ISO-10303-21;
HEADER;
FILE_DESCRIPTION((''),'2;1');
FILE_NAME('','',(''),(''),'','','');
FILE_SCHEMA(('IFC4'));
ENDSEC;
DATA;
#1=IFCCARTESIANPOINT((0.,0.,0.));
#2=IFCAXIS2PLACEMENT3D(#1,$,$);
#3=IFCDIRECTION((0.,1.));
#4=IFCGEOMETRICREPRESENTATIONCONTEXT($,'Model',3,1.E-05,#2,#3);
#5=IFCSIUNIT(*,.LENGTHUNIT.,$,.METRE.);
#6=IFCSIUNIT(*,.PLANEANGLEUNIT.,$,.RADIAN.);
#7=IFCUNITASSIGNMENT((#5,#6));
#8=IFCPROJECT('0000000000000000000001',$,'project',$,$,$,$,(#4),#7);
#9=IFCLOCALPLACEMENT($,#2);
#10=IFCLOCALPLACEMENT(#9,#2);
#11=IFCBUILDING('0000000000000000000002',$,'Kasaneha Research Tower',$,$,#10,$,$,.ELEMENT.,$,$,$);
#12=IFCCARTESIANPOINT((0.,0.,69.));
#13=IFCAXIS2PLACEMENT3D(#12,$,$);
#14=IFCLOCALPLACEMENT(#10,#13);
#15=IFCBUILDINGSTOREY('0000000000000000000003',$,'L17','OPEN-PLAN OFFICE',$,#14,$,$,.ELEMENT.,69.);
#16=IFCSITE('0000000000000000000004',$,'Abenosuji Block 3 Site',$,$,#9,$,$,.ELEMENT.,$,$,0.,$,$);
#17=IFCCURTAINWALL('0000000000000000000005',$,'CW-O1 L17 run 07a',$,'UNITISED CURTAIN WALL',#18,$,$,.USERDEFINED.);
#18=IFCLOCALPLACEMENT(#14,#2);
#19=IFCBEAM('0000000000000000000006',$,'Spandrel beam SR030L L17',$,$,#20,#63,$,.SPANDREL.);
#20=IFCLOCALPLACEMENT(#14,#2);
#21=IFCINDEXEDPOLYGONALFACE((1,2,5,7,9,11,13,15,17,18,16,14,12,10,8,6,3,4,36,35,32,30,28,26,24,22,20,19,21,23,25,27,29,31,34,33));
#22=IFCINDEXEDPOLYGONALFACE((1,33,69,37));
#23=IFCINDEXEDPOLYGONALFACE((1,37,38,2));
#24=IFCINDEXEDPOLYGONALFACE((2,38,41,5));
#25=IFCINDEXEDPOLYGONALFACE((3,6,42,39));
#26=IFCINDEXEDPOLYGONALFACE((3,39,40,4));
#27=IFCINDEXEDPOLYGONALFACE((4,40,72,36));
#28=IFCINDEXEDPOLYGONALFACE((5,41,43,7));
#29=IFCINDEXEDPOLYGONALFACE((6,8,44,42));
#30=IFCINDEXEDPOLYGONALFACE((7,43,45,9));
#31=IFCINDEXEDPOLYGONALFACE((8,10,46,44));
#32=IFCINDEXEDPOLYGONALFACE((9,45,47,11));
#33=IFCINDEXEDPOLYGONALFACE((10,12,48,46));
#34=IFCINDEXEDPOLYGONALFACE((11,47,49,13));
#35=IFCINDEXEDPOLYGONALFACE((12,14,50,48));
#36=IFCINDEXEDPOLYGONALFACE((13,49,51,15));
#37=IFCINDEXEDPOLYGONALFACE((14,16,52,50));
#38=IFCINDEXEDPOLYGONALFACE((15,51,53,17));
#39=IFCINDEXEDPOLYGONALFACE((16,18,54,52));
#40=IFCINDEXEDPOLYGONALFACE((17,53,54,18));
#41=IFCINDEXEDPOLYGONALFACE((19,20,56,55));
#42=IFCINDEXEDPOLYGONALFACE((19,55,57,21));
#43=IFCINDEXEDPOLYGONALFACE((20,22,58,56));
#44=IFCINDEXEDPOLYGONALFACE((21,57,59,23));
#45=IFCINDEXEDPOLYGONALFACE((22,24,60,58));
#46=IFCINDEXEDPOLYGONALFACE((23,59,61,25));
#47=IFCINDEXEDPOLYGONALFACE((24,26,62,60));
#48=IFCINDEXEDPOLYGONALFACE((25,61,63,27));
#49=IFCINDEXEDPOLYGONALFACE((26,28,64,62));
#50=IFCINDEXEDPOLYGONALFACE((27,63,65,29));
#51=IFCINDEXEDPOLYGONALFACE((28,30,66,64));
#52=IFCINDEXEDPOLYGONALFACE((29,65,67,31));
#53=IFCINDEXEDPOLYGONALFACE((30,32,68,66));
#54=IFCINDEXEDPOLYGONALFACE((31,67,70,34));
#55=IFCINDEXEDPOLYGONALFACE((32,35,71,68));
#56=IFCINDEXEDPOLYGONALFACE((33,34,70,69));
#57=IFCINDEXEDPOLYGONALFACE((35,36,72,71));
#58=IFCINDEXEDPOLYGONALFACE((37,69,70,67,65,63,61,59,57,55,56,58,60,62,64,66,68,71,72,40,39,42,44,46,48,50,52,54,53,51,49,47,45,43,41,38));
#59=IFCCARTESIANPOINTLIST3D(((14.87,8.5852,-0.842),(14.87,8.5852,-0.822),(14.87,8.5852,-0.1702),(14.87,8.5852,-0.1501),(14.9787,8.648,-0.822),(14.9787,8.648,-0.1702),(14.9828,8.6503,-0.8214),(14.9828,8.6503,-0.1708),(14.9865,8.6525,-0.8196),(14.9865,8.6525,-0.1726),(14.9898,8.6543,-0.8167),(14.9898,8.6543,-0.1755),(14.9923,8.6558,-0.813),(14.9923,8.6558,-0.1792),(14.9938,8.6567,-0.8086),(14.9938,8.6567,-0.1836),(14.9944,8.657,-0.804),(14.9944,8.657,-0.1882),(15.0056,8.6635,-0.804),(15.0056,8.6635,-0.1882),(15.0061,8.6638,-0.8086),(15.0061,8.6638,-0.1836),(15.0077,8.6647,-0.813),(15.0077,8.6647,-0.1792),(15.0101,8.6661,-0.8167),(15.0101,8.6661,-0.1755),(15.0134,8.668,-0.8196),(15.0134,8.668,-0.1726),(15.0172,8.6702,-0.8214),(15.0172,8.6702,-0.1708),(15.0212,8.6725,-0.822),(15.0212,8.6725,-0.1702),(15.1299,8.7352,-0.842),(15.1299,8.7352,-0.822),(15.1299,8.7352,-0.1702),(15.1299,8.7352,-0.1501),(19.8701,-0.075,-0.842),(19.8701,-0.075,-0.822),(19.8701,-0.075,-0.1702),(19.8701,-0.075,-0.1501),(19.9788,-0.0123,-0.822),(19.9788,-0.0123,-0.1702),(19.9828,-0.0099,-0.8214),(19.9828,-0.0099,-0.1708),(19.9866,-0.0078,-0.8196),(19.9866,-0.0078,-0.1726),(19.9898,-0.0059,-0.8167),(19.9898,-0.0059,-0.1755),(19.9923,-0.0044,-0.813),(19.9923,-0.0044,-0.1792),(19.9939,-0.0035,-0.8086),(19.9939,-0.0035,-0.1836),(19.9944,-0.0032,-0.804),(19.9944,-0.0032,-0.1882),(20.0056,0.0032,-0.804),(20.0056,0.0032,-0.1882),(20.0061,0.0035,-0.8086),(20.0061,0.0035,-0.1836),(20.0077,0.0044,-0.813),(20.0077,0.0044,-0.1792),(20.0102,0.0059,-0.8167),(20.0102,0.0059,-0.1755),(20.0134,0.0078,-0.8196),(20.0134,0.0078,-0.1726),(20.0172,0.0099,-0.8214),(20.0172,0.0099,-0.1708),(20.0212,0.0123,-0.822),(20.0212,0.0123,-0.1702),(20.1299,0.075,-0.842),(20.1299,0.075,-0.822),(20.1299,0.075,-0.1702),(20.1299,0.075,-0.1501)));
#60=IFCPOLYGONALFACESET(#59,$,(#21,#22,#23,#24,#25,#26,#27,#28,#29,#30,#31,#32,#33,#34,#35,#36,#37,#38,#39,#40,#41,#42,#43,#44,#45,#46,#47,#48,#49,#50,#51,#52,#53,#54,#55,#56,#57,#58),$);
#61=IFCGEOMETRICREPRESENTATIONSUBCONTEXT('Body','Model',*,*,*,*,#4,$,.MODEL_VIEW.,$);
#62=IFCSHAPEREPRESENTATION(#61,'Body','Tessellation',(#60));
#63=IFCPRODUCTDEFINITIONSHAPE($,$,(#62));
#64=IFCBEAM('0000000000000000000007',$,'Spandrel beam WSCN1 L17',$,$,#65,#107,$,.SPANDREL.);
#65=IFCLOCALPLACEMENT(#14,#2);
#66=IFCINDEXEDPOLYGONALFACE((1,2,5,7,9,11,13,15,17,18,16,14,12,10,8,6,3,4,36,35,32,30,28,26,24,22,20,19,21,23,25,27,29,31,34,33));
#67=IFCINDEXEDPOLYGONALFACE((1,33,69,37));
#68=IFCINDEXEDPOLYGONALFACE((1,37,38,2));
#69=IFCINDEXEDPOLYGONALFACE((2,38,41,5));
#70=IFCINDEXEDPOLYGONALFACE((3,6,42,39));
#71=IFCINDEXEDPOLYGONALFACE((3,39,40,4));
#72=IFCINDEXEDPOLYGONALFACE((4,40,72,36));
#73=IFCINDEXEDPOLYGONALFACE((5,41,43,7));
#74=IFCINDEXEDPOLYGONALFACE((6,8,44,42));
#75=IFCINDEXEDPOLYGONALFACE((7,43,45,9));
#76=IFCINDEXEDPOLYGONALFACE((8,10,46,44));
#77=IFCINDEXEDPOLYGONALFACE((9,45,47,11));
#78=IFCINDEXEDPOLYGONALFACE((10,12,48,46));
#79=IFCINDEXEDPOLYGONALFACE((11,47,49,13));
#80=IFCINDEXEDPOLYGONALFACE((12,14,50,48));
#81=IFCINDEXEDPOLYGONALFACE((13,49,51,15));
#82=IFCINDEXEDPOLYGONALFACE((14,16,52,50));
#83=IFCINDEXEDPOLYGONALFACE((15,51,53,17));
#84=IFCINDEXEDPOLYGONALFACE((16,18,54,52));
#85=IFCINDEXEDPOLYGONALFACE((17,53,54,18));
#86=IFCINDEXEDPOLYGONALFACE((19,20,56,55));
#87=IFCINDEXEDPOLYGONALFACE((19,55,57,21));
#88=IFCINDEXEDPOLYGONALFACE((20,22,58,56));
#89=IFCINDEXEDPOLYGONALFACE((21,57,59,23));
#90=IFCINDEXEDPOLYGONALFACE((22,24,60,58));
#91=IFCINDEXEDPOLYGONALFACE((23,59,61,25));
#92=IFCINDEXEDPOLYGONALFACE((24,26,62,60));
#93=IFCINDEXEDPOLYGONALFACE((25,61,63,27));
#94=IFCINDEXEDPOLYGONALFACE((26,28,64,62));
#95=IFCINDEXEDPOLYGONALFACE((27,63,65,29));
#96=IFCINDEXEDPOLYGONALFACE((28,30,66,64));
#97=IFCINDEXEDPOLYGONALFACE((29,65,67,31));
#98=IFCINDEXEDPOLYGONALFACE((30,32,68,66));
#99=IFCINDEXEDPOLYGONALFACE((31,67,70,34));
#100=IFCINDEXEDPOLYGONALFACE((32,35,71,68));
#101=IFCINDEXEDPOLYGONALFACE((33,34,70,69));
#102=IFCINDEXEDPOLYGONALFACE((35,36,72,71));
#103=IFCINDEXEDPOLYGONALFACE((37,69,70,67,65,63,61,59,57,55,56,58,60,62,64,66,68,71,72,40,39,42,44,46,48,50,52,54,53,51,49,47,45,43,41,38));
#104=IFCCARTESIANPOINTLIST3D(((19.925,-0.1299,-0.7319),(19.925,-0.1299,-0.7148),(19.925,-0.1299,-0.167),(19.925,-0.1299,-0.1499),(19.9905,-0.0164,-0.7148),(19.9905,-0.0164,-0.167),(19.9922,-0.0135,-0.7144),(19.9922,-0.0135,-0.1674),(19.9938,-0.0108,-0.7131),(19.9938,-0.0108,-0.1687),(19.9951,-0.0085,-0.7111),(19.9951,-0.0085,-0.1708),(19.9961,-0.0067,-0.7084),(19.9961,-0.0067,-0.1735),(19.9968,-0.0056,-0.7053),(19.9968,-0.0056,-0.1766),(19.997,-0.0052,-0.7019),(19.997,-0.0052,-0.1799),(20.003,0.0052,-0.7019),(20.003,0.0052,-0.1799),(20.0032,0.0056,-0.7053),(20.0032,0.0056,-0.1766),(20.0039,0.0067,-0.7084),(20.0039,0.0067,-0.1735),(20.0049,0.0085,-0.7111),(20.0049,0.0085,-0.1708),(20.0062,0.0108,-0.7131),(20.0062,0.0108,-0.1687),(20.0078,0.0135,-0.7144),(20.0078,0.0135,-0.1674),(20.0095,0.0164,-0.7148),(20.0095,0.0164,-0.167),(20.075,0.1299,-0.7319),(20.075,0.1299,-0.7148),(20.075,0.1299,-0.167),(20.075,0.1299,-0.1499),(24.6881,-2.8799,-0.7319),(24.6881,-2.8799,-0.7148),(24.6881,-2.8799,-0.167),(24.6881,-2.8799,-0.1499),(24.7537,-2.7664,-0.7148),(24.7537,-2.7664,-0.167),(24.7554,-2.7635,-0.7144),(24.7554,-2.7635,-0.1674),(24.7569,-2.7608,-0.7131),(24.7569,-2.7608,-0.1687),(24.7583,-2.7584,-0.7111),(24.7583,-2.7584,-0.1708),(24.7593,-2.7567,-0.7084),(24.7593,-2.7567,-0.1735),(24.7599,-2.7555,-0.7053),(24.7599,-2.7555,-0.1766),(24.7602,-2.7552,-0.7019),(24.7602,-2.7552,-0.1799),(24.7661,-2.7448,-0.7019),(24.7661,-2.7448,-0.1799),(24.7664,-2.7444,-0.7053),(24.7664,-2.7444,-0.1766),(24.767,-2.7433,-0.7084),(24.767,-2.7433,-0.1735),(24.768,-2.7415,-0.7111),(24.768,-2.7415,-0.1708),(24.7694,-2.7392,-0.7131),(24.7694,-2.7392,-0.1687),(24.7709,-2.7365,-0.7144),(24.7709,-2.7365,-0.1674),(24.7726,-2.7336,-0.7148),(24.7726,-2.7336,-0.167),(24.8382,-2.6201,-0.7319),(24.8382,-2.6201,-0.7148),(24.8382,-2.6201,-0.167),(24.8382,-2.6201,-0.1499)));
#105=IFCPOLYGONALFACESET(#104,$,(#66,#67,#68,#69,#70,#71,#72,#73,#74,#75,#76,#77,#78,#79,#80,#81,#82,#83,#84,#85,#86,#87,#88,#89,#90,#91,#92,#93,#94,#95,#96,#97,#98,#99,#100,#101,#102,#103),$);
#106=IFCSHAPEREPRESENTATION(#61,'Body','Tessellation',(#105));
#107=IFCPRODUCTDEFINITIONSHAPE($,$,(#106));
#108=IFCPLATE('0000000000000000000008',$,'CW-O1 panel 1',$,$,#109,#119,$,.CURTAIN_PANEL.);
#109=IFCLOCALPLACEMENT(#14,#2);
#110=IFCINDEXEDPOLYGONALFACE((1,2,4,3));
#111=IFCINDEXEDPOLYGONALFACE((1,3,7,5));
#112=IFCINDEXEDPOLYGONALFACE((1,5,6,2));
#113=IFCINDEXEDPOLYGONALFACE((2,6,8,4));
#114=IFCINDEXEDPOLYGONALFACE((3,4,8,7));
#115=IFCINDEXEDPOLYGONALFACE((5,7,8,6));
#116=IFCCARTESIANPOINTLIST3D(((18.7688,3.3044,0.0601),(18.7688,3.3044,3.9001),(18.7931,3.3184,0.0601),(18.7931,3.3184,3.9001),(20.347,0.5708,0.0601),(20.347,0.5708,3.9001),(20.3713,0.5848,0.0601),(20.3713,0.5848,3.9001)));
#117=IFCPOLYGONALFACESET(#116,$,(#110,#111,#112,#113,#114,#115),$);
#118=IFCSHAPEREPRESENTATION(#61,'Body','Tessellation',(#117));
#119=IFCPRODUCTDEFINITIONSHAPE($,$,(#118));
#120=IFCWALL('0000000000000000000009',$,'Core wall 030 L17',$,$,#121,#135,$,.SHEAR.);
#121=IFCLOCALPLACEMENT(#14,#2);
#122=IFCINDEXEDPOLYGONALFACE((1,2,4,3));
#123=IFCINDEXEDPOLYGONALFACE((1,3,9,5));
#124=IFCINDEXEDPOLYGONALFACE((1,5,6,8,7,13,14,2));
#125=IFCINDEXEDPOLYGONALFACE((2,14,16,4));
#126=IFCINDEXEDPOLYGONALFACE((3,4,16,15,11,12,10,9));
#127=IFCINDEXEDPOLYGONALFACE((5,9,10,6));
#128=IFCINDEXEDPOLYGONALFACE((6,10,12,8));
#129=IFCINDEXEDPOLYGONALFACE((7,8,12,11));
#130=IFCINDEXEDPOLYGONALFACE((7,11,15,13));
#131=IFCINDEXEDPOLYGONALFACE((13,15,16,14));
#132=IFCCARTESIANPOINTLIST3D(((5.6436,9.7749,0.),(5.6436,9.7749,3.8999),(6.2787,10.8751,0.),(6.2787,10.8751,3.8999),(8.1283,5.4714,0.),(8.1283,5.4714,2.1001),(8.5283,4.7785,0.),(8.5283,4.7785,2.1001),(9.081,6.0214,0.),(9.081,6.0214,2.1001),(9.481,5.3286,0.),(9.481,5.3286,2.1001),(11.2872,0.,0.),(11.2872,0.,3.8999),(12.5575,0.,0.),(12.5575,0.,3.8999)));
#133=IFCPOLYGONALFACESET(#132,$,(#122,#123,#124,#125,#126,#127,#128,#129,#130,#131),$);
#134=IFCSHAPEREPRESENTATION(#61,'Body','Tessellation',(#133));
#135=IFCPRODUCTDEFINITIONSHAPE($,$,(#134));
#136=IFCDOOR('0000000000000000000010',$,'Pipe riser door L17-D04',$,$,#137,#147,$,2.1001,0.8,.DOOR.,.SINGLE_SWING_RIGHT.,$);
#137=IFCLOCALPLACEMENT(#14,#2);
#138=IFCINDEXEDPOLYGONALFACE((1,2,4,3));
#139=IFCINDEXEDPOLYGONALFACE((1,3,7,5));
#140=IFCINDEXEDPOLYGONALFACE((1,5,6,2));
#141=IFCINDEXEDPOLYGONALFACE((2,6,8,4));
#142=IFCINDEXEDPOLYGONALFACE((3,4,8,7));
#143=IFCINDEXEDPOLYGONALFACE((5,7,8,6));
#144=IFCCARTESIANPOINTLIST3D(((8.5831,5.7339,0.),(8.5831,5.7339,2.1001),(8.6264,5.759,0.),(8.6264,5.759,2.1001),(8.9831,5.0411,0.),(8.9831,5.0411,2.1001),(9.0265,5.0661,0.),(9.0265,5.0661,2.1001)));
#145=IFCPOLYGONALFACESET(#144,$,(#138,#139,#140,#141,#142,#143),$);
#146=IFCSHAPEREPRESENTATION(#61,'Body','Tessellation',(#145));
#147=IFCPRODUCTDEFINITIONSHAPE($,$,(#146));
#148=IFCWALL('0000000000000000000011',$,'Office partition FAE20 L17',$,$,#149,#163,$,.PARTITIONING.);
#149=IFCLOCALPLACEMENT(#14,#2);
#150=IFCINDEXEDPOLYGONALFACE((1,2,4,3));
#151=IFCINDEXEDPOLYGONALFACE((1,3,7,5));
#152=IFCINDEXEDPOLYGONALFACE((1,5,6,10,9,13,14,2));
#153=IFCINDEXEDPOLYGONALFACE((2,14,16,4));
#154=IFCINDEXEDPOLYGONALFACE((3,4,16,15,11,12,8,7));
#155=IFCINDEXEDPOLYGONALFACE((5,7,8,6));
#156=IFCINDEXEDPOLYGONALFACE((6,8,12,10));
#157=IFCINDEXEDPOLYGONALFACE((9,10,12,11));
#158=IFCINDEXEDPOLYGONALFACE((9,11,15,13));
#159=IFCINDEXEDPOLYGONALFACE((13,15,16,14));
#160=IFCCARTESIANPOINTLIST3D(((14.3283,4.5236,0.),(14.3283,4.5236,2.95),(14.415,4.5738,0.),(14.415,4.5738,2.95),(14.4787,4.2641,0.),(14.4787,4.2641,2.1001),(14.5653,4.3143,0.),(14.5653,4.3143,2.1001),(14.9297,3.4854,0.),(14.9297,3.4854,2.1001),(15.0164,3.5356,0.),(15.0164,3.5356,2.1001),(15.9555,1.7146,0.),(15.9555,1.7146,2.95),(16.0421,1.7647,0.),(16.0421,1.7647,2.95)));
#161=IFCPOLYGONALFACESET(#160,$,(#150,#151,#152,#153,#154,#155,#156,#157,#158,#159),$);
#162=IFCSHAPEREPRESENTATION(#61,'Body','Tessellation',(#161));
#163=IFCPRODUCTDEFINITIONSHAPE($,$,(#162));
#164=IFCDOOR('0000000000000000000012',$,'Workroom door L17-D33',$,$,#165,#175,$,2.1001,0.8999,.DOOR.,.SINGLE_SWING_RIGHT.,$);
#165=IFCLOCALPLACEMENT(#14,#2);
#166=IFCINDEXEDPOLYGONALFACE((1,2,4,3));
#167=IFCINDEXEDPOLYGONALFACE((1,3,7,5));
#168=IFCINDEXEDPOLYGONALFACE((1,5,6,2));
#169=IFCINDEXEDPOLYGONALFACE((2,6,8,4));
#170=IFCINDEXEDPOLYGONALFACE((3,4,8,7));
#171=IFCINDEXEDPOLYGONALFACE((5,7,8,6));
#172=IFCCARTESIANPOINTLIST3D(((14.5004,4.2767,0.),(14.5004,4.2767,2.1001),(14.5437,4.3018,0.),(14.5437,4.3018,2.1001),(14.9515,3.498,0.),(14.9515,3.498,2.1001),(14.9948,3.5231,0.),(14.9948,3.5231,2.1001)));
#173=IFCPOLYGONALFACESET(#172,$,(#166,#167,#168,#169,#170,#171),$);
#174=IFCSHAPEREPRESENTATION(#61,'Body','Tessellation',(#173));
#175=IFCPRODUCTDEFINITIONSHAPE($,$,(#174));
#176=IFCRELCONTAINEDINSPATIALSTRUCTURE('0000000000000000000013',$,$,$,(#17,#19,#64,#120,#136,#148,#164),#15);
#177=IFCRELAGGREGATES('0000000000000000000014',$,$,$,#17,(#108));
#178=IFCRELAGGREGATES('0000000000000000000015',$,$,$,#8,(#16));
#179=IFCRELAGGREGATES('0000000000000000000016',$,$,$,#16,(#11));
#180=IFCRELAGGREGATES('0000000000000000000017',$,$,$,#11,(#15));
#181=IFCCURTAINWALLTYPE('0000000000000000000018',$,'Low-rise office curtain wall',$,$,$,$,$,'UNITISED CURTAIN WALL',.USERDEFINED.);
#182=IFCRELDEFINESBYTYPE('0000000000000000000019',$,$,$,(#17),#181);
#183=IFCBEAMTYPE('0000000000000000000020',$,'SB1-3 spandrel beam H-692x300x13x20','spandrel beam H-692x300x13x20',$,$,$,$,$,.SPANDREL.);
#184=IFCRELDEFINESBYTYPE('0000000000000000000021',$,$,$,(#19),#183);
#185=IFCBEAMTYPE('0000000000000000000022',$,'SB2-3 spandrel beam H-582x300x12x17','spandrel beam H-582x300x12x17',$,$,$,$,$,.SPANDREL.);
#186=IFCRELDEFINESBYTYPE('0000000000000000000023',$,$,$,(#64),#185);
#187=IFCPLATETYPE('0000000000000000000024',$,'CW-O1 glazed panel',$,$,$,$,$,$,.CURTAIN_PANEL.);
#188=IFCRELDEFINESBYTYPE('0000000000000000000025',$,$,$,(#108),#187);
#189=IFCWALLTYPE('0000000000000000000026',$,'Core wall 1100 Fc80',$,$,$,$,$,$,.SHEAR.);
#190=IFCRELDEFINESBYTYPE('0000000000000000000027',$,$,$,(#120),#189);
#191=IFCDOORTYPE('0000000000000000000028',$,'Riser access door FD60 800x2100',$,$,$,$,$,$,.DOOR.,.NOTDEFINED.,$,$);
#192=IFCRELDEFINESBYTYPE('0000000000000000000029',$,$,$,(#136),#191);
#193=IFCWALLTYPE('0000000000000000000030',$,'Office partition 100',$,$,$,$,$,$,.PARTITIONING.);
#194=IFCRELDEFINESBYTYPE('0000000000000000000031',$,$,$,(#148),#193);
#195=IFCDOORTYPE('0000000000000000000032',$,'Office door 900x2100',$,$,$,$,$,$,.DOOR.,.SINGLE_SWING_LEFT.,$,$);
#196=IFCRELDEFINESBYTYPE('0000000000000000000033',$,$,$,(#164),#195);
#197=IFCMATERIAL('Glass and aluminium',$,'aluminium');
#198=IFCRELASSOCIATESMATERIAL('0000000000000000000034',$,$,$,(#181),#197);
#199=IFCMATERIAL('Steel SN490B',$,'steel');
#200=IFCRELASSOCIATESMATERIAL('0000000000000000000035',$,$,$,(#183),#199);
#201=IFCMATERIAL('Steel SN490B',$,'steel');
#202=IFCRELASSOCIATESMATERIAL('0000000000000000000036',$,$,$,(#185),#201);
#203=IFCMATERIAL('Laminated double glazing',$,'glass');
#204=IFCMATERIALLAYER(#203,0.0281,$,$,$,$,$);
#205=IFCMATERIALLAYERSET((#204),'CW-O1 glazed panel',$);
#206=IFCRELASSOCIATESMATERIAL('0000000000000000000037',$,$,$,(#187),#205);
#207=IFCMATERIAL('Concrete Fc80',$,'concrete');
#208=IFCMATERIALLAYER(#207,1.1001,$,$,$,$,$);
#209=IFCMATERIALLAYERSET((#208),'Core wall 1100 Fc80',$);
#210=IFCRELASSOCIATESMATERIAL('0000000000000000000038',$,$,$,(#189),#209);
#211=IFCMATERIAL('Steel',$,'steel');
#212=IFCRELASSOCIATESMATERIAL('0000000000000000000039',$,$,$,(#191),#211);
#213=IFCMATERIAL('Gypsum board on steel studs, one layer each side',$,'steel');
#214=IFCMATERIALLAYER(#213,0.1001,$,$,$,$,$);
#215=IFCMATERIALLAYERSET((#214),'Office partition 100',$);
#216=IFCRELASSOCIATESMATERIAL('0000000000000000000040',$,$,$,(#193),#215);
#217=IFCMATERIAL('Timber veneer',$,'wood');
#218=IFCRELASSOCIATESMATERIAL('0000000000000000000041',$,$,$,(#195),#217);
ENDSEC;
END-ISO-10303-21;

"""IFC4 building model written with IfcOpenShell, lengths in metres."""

from ifc_helpers import new_model, si_unit, direction, frame, frame_2d, origin, origin_2d, place, context, subcontext, project, spatial, polyline, rectangle, i_section, outline, extrude, material, layer, layer_set, material_profile, profile_set, type_object, element, fill, aggregate, save


model = new_model("IFC4")

# Units and contexts
model_context = context("Model", 3, precision=1e-05, world=origin(), true_north=direction((0.0, 1.0)))
body_context = subcontext(model_context, "Body", "Model", "MODEL_VIEW")
ifc_project = project(units=[si_unit("LENGTHUNIT", "METRE"), si_unit("PLANEANGLEUNIT", "RADIAN")], contexts=[model_context])

# Site, building, storey
site_placement = place(None, origin())
site = spatial("IfcSite", under=ifc_project, at=site_placement, Name="Abenosuji Block 3 Site", CompositionType="ELEMENT", RefElevation=0.0)
building_placement = place(site_placement, origin())
building = spatial("IfcBuilding", under=site, at=building_placement, Name="Kasaneha Research Tower", CompositionType="ELEMENT")
storey_placement = place(building_placement, frame((0.0, 0.0, 69.0)))
storey = spatial("IfcBuildingStorey", under=building, at=storey_placement, Name="L17", Description="OPEN-PLAN OFFICE", CompositionType="ELEMENT", Elevation=69.0)

# Shared definitions
ifc_material_1 = material(Name="Glass and aluminium", Category="aluminium")
curtain_wall_type = type_object("IfcCurtainWallType", Name="Low-rise office curtain wall", ElementType="UNITISED CURTAIN WALL", PredefinedType="USERDEFINED", material=ifc_material_1)

# Curtain wall
curtain_wall_1_placement = place(storey_placement, origin())
curtain_wall_1 = element("IfcCurtainWall", 1, at=curtain_wall_1_placement, inside=storey, type_object=curtain_wall_type, Name="CW-O1 L17 run 07a", ObjectType="UNITISED CURTAIN WALL", PredefinedType="USERDEFINED")

# Beams
ifc_material_2 = material(Name="Steel SN490B", Category="steel")
ifc_material_profile_1 = material_profile(ifc_material_2, i_section(OverallWidth=0.3, OverallDepth=0.6919, WebThickness=0.0129, FlangeThickness=0.02, FilletRadius=0.0181, at=origin_2d()), Name="H-692x300x13x20")
ifc_profile_set_1 = profile_set([ifc_material_profile_1], Name="Steel SN490B")
beam_type_1 = type_object("IfcBeamType", Name="SB1-3 spandrel beam H-692x300x13x20", Description="spandrel beam H-692x300x13x20", PredefinedType="SPANDREL", material=ifc_profile_set_1)
beam_1_placement = place(storey_placement, frame((20.0, 0.0, -0.4961), z_axis=(-0.500004, 0.866023, 0.0), x_axis=(-0.866023, -0.500004, 0.0)))
element("IfcBeam", 2, at=beam_1_placement, inside=storey, type_object=beam_type_1, Name="Spandrel beam SR030L L17", PredefinedType="SPANDREL", context=body_context, shape_type="SweptSolid", body=[
    extrude(i_section(OverallWidth=0.3, OverallDepth=0.6919, WebThickness=0.0129, FlangeThickness=0.02, FilletRadius=0.0181, at=origin_2d()), origin(), (0.0, 0.0, 1.0), 10.0),
])
ifc_material_3 = material(Name="Steel SN490B", Category="steel")
ifc_material_profile_2 = material_profile(ifc_material_3, i_section(OverallWidth=0.3, OverallDepth=0.582, WebThickness=0.012, FlangeThickness=0.0171, FilletRadius=0.0129, at=origin_2d()), Name="H-582x300x12x17")
ifc_profile_set_2 = profile_set([ifc_material_profile_2], Name="Steel SN490B")
beam_type_2 = type_object("IfcBeamType", Name="SB2-3 spandrel beam H-582x300x12x17", Description="spandrel beam H-582x300x12x17", PredefinedType="SPANDREL", material=ifc_profile_set_2)
beam_2_placement = place(storey_placement, frame((20.0, 0.0, -0.4409), z_axis=(0.866027, -0.499997, 0.0), x_axis=(0.499997, 0.866027, 0.0)))
element("IfcBeam", 3, at=beam_2_placement, inside=storey, type_object=beam_type_2, Name="Spandrel beam WSCN1 L17", PredefinedType="SPANDREL", context=body_context, shape_type="SweptSolid", body=[
    extrude(i_section(OverallWidth=0.3, OverallDepth=0.582, WebThickness=0.012, FlangeThickness=0.0171, FilletRadius=0.0129, at=origin_2d()), origin(), (0.0, 0.0, 1.0), 5.5),
])

# Plate
ifc_material_4 = material(Name="Laminated double glazing", Category="glass")
ifc_layer_1 = layer(ifc_material_4, 0.0281)
ifc_layer_set_1 = layer_set([ifc_layer_1], Name="CW-O1 glazed panel")
plate_type = type_object("IfcPlateType", Name="CW-O1 glazed panel", PredefinedType="CURTAIN_PANEL", material=ifc_layer_set_1)
plate_placement = place(storey_placement, frame((19.5701, 1.9446, 0.0601), z_axis=(0.0, 0.0, 1.0), x_axis=(-0.5, 0.866025, 0.0)))
plate = element("IfcPlate", 4, at=plate_placement, type_object=plate_type, Name="CW-O1 panel 1", PredefinedType="CURTAIN_PANEL", context=body_context, shape_type="SweptSolid", body=[
    extrude(rectangle(XDim=3.1565, YDim=0.0281, at=origin_2d()), origin(), (0.0, 0.0, 1.0), 3.8401),
])
aggregate(curtain_wall_1, [plate])

# Walls, openings, doors
ifc_material_5 = material(Name="Concrete Fc80", Category="concrete")
ifc_layer_2 = layer(ifc_material_5, 1.1001)
ifc_layer_set_2 = layer_set([ifc_layer_2], Name="Core wall 1100 Fc80")
wall_type_1 = type_object("IfcWallType", Name="Core wall 1100 Fc80", PredefinedType="SHEAR", material=ifc_layer_set_2)
wall_1_placement = place(storey_placement, frame((11.9224, 0.0, 0.0), z_axis=(0.0, 0.0, 1.0), x_axis=(-0.500004, 0.866023, 0.0)))
wall_1 = element("IfcWall", 5, at=wall_1_placement, inside=storey, type_object=wall_type_1, Name="Core wall 030 L17", PredefinedType="SHEAR", context=body_context, shape_type="SweptSolid", body=[
    extrude(outline(polyline([(-0.3176, -0.55), (5.8354, -0.55), (6.6355, -0.55), (12.24, -0.55), (11.6047, 0.55), (6.6355, 0.55), (5.8354, 0.55), (0.3176, 0.55), (-0.3176, -0.55)])), origin(), (0.0, 0.0, 1.0), 3.8999),
])
opening_1_placement = place(wall_1_placement, frame((5.8354, 0.0, 0.0)))
opening_1 = element("IfcOpeningElement", 6, at=opening_1_placement, cuts=wall_1, PredefinedType="OPENING", context=body_context, shape_type="SweptSolid", body=[
    extrude(rectangle(XDim=0.8, YDim=2.1001, at=frame_2d((0.3999, 1.05))), frame((0.0, 0.5601, 0.0), z_axis=(0.0, -1.0, 0.0), x_axis=(1.0, 0.0, 0.0)), (0.0, 0.0, 1.0), 1.1201),
])
ifc_material_6 = material(Name="Steel", Category="steel")
door_type_1 = type_object("IfcDoorType", Name="Riser access door FD60 800x2100", OperationType="NOTDEFINED", PredefinedType="DOOR", material=ifc_material_6)
door_1_placement = place(opening_1_placement, origin())
door_1 = element("IfcDoor", 7, at=door_1_placement, inside=storey, type_object=door_type_1, Name="Pipe riser door L17-D04", OperationType="SINGLE_SWING_RIGHT", OverallHeight=2.1001, OverallWidth=0.8, PredefinedType="DOOR", context=body_context, shape_type="SweptSolid", body=[
    extrude(rectangle(XDim=0.8, YDim=2.1001, at=frame_2d((0.3999, 1.05))), frame((0.0, 0.0249, 0.0), z_axis=(0.0, -1.0, 0.0), x_axis=(1.0, 0.0, 0.0)), (0.0, 0.0, 1.0), 0.05),
])
fill(opening_1, door_1)
ifc_material_7 = material(Name="Gypsum board on steel studs, one layer each side", Category="steel")
ifc_layer_3 = layer(ifc_material_7, 0.1001)
ifc_layer_set_3 = layer_set([ifc_layer_3], Name="Office partition 100")
wall_type_2 = type_object("IfcWallType", Name="Office partition 100", PredefinedType="PARTITIONING", material=ifc_layer_set_3)
wall_2_placement = place(storey_placement, frame((15.9988, 1.7397, 0.0), z_axis=(0.0, 0.0, 1.0), x_axis=(-0.501241, 0.865308, 0.0)))
wall_2 = element("IfcWall", 8, at=wall_2_placement, inside=storey, type_object=wall_type_2, Name="Office partition FAE20 L17", PredefinedType="PARTITIONING", context=body_context, shape_type="SweptSolid", body=[
    extrude(rectangle(XDim=3.2463, YDim=0.1001, at=frame_2d((1.623, 0.0))), origin(), (0.0, 0.0, 1.0), 2.95),
])
opening_2_placement = place(wall_2_placement, frame((2.0464, 0.0, 0.0)))
opening_2 = element("IfcOpeningElement", 9, at=opening_2_placement, cuts=wall_2, PredefinedType="OPENING", context=body_context, shape_type="SweptSolid", body=[
    extrude(rectangle(XDim=0.8999, YDim=2.1001, at=frame_2d((0.45, 1.05))), frame((0.0, 0.0601, 0.0), z_axis=(0.0, -1.0, 0.0), x_axis=(1.0, 0.0, 0.0)), (0.0, 0.0, 1.0), 0.1201),
])
ifc_material_8 = material(Name="Timber veneer", Category="wood")
door_type_2 = type_object("IfcDoorType", Name="Office door 900x2100", OperationType="SINGLE_SWING_LEFT", PredefinedType="DOOR", material=ifc_material_8)
door_2_placement = place(opening_2_placement, origin())
door_2 = element("IfcDoor", 10, at=door_2_placement, inside=storey, type_object=door_type_2, Name="Workroom door L17-D33", OperationType="SINGLE_SWING_RIGHT", OverallHeight=2.1001, OverallWidth=0.8999, PredefinedType="DOOR", context=body_context, shape_type="SweptSolid", body=[
    extrude(rectangle(XDim=0.8999, YDim=2.1001, at=frame_2d((0.45, 1.05))), frame((0.0, 0.0249, 0.0), z_axis=(0.0, -1.0, 0.0), x_axis=(1.0, 0.0, 0.0)), (0.0, 0.0, 1.0), 0.05),
])
fill(opening_2, door_2)

save(model, "model.ifc")
